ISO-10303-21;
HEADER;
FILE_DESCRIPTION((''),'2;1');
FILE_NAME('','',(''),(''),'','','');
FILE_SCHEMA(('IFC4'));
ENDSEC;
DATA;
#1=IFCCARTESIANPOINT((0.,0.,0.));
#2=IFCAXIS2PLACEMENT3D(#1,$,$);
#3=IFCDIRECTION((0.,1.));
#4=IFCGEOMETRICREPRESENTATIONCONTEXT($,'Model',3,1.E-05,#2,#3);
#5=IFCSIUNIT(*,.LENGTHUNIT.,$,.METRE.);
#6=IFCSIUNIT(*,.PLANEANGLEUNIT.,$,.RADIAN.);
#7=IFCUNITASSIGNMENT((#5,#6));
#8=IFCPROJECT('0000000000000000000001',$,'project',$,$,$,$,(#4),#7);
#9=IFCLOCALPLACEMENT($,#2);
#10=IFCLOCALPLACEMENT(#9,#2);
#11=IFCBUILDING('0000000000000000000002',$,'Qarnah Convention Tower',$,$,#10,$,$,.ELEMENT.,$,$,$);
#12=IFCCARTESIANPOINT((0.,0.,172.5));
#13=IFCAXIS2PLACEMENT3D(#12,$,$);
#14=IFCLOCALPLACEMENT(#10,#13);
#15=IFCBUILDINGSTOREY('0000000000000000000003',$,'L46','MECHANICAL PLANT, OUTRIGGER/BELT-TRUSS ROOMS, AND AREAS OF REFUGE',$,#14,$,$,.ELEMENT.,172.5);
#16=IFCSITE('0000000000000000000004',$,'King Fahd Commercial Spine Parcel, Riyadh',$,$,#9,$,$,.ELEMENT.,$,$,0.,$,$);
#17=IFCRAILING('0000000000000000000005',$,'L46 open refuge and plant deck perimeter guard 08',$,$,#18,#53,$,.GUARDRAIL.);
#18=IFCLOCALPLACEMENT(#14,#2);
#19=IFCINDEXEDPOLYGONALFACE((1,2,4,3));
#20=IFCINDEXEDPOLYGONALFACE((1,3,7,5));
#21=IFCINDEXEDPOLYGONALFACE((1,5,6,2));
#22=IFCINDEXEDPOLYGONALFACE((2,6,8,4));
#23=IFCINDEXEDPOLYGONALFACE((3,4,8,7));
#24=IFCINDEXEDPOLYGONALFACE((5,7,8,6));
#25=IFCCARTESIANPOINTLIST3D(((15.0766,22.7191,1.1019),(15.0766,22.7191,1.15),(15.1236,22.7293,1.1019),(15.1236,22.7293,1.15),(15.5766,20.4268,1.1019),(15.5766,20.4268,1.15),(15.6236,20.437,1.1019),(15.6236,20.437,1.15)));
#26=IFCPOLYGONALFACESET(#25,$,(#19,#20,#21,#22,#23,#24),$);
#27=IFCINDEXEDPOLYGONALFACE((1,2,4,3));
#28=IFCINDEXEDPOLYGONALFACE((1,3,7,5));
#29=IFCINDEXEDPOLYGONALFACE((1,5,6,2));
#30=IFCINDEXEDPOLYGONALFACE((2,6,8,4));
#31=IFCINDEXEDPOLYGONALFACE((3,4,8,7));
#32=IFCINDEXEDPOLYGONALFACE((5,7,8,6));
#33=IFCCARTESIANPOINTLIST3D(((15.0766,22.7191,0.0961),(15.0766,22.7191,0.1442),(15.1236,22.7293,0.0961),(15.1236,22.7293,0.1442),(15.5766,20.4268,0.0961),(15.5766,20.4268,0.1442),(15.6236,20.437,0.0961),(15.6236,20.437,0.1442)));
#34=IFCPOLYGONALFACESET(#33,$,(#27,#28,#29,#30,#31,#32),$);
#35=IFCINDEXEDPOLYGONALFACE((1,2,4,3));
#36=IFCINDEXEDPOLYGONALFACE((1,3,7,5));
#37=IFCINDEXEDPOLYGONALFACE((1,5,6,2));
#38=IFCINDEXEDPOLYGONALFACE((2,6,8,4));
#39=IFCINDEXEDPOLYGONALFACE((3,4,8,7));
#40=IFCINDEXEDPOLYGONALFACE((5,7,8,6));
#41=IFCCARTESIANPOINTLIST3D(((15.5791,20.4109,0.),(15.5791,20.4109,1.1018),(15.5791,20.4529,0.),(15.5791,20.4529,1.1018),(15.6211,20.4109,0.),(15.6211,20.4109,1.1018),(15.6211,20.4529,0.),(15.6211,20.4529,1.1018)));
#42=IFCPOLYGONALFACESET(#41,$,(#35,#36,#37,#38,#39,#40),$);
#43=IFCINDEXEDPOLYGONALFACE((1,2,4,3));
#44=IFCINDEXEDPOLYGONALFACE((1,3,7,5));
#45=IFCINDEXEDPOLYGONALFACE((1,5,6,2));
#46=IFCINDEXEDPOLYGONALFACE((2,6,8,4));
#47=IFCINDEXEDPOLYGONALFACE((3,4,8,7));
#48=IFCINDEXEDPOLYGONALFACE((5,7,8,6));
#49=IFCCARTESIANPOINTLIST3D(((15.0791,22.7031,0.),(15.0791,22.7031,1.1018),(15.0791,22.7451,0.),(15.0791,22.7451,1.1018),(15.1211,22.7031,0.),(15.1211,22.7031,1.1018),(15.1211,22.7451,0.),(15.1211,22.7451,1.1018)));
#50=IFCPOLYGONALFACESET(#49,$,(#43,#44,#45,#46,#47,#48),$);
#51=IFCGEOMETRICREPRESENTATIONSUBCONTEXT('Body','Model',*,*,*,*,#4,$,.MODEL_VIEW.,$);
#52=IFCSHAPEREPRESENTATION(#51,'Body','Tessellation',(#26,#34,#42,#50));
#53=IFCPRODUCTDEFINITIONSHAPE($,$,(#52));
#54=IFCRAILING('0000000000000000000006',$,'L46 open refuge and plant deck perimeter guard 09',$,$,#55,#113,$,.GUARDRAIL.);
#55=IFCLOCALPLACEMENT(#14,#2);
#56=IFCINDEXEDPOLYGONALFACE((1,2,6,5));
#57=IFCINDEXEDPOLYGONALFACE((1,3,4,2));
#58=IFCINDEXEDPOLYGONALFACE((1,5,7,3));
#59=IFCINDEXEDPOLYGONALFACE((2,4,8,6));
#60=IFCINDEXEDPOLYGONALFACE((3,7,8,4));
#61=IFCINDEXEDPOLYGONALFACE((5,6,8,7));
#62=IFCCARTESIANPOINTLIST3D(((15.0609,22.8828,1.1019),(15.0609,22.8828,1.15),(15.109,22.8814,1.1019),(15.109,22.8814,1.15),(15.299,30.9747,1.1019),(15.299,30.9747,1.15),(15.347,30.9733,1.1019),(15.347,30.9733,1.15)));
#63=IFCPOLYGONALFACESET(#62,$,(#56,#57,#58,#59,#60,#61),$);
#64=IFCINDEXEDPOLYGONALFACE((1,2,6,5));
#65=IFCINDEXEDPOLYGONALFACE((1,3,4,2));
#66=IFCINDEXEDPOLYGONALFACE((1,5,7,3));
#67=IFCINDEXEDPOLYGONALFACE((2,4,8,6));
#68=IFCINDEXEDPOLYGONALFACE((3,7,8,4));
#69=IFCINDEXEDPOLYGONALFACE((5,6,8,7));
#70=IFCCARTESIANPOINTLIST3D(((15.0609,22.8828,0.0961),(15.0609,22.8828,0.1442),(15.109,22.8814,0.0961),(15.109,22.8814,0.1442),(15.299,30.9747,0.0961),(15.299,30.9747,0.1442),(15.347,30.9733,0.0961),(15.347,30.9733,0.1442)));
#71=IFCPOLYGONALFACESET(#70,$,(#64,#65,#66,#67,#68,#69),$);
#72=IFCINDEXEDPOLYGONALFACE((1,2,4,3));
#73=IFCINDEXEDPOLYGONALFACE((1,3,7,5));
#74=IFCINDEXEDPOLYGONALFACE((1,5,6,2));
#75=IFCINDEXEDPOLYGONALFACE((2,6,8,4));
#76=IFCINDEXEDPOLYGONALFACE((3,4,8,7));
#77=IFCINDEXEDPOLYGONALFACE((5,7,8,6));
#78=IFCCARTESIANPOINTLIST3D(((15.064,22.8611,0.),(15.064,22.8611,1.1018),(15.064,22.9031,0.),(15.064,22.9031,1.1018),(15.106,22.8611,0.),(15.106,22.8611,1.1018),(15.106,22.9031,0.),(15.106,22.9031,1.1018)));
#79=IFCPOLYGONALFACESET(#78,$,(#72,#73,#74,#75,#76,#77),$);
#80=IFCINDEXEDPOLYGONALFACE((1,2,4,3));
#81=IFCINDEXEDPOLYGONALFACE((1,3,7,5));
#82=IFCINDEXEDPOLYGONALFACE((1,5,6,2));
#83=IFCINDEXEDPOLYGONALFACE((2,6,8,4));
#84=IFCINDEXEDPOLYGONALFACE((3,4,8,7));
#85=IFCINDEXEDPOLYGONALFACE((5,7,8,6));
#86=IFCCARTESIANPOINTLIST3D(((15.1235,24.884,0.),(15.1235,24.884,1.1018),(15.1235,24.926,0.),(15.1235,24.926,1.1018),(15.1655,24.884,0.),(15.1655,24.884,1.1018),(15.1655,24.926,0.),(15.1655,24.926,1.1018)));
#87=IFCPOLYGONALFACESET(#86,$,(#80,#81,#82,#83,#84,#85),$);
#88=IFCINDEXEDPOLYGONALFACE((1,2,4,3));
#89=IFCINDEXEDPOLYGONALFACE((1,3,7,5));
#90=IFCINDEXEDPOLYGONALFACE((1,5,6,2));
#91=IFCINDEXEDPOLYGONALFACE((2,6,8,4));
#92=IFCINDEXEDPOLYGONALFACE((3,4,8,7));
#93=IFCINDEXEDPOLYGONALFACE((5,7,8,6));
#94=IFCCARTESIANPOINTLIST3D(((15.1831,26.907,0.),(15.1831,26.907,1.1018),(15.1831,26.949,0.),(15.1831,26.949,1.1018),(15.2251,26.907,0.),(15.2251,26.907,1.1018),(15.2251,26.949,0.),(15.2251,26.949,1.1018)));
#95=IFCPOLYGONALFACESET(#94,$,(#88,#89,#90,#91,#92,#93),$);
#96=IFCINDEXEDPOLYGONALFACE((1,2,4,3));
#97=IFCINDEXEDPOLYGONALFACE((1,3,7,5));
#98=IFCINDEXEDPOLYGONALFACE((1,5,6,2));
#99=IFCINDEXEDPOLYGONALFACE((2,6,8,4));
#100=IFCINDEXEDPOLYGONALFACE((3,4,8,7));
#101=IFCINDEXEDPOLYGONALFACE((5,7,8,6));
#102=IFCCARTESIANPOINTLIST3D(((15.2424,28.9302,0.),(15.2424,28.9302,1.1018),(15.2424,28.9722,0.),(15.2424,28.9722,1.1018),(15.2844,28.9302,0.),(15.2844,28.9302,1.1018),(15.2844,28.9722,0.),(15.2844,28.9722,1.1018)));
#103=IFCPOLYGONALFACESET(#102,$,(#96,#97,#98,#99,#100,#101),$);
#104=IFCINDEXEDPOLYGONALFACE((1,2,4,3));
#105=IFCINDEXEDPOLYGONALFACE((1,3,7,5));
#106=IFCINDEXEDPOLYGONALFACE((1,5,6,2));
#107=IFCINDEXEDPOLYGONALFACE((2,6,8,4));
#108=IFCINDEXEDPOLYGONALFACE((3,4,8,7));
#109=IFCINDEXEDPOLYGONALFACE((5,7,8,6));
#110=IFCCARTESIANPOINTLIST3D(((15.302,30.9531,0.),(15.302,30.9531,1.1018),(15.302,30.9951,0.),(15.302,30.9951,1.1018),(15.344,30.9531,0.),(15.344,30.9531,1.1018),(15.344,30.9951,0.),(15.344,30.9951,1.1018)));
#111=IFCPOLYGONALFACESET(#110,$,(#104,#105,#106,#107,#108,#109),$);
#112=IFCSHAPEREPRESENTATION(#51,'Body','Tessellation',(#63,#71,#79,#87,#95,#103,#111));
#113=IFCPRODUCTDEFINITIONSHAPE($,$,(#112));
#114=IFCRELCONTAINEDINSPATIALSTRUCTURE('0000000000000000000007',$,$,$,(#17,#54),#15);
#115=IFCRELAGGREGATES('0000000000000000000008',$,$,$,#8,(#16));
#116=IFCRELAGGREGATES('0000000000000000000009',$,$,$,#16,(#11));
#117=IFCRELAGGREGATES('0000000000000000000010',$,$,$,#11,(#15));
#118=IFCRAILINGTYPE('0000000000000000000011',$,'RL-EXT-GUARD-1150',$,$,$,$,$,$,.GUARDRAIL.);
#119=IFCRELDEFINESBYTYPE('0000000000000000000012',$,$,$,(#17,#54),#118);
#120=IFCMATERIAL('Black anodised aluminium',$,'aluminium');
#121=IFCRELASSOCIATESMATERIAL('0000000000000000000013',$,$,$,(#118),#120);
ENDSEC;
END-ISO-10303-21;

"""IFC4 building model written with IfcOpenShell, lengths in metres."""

from ifc_helpers import new_model, si_unit, direction, frame, origin, origin_2d, place, context, subcontext, project, spatial, rectangle, extrude, material, type_object, element, save


model = new_model("IFC4")

# Units and contexts
model_context = context("Model", 3, precision=1e-05, world=origin(), true_north=direction((0.0, 1.0)))
body_context = subcontext(model_context, "Body", "Model", "MODEL_VIEW")
ifc_project = project(units=[si_unit("LENGTHUNIT", "METRE"), si_unit("PLANEANGLEUNIT", "RADIAN")], contexts=[model_context])

# Site, building, storey
site_placement = place(None, origin())
site = spatial("IfcSite", under=ifc_project, at=site_placement, Name="King Fahd Commercial Spine Parcel, Riyadh", CompositionType="ELEMENT", RefElevation=0.0)
building_placement = place(site_placement, origin())
building = spatial("IfcBuilding", under=site, at=building_placement, Name="Qarnah Convention Tower", CompositionType="ELEMENT")
storey_placement = place(building_placement, frame((0.0, 0.0, 172.5)))
storey = spatial("IfcBuildingStorey", under=building, at=storey_placement, Name="L46", Description="MECHANICAL PLANT, OUTRIGGER/BELT-TRUSS ROOMS, AND AREAS OF REFUGE", CompositionType="ELEMENT", Elevation=172.5)

# Railings
ifc_material_1 = material(Name="Black anodised aluminium", Category="aluminium")
railing_type = type_object("IfcRailingType", Name="RL-EXT-GUARD-1150", PredefinedType="GUARDRAIL", material=ifc_material_1)
railing_1_placement = place(storey_placement, frame((15.6001, 20.4319, 0.0)))
element("IfcRailing", 1, at=railing_1_placement, inside=storey, type_object=railing_type, Name="L46 open refuge and plant deck perimeter guard 08", PredefinedType="GUARDRAIL", context=body_context, shape_type="SweptSolid", body=[
    extrude(rectangle(XDim=0.0481, YDim=0.0481, at=origin_2d()), frame((0.0, 0.0, 1.126), z_axis=(-0.213117, 0.977027, 0.0), x_axis=(-0.977027, -0.213117, 0.0)), (0.0, 0.0, 1.0), 2.3462),
    extrude(rectangle(XDim=0.0481, YDim=0.0481, at=origin_2d()), frame((0.0, 0.0, 0.1201), z_axis=(-0.213117, 0.977027, 0.0), x_axis=(-0.977027, -0.213117, 0.0)), (0.0, 0.0, 1.0), 2.3462),
    extrude(rectangle(XDim=0.042, YDim=0.042, at=origin_2d()), origin(), (0.0, 0.0, 1.0), 1.1018),
    extrude(rectangle(XDim=0.042, YDim=0.042, at=origin_2d()), frame((-0.5, 2.2922, 0.0)), (0.0, 0.0, 1.0), 1.1018),
])
railing_2_placement = place(storey_placement, frame((15.085, 22.8821, 0.0)))
element("IfcRailing", 2, at=railing_2_placement, inside=storey, type_object=railing_type, Name="L46 open refuge and plant deck perimeter guard 09", PredefinedType="GUARDRAIL", context=body_context, shape_type="SweptSolid", body=[
    extrude(rectangle(XDim=0.0481, YDim=0.0481, at=origin_2d()), frame((0.0, 0.0, 1.126), z_axis=(0.029403, 0.999568, 0.0), x_axis=(-0.999568, 0.029403, 0.0)), (0.0, 0.0, 1.0), 8.0955),
    extrude(rectangle(XDim=0.0481, YDim=0.0481, at=origin_2d()), frame((0.0, 0.0, 0.1201), z_axis=(0.029403, 0.999568, 0.0), x_axis=(-0.999568, 0.029403, 0.0)), (0.0, 0.0, 1.0), 8.0955),
    extrude(rectangle(XDim=0.042, YDim=0.042, at=origin_2d()), origin(), (0.0, 0.0, 1.0), 1.1018),
    extrude(rectangle(XDim=0.042, YDim=0.042, at=origin_2d()), frame((0.0596, 2.0229, 0.0)), (0.0, 0.0, 1.0), 1.1018),
    extrude(rectangle(XDim=0.042, YDim=0.042, at=origin_2d()), frame((0.1191, 4.0459, 0.0)), (0.0, 0.0, 1.0), 1.1018),
    extrude(rectangle(XDim=0.042, YDim=0.042, at=origin_2d()), frame((0.1785, 6.0691, 0.0)), (0.0, 0.0, 1.0), 1.1018),
    extrude(rectangle(XDim=0.042, YDim=0.042, at=origin_2d()), frame((0.238, 8.092, 0.0)), (0.0, 0.0, 1.0), 1.1018),
])

save(model, "model.ifc")
